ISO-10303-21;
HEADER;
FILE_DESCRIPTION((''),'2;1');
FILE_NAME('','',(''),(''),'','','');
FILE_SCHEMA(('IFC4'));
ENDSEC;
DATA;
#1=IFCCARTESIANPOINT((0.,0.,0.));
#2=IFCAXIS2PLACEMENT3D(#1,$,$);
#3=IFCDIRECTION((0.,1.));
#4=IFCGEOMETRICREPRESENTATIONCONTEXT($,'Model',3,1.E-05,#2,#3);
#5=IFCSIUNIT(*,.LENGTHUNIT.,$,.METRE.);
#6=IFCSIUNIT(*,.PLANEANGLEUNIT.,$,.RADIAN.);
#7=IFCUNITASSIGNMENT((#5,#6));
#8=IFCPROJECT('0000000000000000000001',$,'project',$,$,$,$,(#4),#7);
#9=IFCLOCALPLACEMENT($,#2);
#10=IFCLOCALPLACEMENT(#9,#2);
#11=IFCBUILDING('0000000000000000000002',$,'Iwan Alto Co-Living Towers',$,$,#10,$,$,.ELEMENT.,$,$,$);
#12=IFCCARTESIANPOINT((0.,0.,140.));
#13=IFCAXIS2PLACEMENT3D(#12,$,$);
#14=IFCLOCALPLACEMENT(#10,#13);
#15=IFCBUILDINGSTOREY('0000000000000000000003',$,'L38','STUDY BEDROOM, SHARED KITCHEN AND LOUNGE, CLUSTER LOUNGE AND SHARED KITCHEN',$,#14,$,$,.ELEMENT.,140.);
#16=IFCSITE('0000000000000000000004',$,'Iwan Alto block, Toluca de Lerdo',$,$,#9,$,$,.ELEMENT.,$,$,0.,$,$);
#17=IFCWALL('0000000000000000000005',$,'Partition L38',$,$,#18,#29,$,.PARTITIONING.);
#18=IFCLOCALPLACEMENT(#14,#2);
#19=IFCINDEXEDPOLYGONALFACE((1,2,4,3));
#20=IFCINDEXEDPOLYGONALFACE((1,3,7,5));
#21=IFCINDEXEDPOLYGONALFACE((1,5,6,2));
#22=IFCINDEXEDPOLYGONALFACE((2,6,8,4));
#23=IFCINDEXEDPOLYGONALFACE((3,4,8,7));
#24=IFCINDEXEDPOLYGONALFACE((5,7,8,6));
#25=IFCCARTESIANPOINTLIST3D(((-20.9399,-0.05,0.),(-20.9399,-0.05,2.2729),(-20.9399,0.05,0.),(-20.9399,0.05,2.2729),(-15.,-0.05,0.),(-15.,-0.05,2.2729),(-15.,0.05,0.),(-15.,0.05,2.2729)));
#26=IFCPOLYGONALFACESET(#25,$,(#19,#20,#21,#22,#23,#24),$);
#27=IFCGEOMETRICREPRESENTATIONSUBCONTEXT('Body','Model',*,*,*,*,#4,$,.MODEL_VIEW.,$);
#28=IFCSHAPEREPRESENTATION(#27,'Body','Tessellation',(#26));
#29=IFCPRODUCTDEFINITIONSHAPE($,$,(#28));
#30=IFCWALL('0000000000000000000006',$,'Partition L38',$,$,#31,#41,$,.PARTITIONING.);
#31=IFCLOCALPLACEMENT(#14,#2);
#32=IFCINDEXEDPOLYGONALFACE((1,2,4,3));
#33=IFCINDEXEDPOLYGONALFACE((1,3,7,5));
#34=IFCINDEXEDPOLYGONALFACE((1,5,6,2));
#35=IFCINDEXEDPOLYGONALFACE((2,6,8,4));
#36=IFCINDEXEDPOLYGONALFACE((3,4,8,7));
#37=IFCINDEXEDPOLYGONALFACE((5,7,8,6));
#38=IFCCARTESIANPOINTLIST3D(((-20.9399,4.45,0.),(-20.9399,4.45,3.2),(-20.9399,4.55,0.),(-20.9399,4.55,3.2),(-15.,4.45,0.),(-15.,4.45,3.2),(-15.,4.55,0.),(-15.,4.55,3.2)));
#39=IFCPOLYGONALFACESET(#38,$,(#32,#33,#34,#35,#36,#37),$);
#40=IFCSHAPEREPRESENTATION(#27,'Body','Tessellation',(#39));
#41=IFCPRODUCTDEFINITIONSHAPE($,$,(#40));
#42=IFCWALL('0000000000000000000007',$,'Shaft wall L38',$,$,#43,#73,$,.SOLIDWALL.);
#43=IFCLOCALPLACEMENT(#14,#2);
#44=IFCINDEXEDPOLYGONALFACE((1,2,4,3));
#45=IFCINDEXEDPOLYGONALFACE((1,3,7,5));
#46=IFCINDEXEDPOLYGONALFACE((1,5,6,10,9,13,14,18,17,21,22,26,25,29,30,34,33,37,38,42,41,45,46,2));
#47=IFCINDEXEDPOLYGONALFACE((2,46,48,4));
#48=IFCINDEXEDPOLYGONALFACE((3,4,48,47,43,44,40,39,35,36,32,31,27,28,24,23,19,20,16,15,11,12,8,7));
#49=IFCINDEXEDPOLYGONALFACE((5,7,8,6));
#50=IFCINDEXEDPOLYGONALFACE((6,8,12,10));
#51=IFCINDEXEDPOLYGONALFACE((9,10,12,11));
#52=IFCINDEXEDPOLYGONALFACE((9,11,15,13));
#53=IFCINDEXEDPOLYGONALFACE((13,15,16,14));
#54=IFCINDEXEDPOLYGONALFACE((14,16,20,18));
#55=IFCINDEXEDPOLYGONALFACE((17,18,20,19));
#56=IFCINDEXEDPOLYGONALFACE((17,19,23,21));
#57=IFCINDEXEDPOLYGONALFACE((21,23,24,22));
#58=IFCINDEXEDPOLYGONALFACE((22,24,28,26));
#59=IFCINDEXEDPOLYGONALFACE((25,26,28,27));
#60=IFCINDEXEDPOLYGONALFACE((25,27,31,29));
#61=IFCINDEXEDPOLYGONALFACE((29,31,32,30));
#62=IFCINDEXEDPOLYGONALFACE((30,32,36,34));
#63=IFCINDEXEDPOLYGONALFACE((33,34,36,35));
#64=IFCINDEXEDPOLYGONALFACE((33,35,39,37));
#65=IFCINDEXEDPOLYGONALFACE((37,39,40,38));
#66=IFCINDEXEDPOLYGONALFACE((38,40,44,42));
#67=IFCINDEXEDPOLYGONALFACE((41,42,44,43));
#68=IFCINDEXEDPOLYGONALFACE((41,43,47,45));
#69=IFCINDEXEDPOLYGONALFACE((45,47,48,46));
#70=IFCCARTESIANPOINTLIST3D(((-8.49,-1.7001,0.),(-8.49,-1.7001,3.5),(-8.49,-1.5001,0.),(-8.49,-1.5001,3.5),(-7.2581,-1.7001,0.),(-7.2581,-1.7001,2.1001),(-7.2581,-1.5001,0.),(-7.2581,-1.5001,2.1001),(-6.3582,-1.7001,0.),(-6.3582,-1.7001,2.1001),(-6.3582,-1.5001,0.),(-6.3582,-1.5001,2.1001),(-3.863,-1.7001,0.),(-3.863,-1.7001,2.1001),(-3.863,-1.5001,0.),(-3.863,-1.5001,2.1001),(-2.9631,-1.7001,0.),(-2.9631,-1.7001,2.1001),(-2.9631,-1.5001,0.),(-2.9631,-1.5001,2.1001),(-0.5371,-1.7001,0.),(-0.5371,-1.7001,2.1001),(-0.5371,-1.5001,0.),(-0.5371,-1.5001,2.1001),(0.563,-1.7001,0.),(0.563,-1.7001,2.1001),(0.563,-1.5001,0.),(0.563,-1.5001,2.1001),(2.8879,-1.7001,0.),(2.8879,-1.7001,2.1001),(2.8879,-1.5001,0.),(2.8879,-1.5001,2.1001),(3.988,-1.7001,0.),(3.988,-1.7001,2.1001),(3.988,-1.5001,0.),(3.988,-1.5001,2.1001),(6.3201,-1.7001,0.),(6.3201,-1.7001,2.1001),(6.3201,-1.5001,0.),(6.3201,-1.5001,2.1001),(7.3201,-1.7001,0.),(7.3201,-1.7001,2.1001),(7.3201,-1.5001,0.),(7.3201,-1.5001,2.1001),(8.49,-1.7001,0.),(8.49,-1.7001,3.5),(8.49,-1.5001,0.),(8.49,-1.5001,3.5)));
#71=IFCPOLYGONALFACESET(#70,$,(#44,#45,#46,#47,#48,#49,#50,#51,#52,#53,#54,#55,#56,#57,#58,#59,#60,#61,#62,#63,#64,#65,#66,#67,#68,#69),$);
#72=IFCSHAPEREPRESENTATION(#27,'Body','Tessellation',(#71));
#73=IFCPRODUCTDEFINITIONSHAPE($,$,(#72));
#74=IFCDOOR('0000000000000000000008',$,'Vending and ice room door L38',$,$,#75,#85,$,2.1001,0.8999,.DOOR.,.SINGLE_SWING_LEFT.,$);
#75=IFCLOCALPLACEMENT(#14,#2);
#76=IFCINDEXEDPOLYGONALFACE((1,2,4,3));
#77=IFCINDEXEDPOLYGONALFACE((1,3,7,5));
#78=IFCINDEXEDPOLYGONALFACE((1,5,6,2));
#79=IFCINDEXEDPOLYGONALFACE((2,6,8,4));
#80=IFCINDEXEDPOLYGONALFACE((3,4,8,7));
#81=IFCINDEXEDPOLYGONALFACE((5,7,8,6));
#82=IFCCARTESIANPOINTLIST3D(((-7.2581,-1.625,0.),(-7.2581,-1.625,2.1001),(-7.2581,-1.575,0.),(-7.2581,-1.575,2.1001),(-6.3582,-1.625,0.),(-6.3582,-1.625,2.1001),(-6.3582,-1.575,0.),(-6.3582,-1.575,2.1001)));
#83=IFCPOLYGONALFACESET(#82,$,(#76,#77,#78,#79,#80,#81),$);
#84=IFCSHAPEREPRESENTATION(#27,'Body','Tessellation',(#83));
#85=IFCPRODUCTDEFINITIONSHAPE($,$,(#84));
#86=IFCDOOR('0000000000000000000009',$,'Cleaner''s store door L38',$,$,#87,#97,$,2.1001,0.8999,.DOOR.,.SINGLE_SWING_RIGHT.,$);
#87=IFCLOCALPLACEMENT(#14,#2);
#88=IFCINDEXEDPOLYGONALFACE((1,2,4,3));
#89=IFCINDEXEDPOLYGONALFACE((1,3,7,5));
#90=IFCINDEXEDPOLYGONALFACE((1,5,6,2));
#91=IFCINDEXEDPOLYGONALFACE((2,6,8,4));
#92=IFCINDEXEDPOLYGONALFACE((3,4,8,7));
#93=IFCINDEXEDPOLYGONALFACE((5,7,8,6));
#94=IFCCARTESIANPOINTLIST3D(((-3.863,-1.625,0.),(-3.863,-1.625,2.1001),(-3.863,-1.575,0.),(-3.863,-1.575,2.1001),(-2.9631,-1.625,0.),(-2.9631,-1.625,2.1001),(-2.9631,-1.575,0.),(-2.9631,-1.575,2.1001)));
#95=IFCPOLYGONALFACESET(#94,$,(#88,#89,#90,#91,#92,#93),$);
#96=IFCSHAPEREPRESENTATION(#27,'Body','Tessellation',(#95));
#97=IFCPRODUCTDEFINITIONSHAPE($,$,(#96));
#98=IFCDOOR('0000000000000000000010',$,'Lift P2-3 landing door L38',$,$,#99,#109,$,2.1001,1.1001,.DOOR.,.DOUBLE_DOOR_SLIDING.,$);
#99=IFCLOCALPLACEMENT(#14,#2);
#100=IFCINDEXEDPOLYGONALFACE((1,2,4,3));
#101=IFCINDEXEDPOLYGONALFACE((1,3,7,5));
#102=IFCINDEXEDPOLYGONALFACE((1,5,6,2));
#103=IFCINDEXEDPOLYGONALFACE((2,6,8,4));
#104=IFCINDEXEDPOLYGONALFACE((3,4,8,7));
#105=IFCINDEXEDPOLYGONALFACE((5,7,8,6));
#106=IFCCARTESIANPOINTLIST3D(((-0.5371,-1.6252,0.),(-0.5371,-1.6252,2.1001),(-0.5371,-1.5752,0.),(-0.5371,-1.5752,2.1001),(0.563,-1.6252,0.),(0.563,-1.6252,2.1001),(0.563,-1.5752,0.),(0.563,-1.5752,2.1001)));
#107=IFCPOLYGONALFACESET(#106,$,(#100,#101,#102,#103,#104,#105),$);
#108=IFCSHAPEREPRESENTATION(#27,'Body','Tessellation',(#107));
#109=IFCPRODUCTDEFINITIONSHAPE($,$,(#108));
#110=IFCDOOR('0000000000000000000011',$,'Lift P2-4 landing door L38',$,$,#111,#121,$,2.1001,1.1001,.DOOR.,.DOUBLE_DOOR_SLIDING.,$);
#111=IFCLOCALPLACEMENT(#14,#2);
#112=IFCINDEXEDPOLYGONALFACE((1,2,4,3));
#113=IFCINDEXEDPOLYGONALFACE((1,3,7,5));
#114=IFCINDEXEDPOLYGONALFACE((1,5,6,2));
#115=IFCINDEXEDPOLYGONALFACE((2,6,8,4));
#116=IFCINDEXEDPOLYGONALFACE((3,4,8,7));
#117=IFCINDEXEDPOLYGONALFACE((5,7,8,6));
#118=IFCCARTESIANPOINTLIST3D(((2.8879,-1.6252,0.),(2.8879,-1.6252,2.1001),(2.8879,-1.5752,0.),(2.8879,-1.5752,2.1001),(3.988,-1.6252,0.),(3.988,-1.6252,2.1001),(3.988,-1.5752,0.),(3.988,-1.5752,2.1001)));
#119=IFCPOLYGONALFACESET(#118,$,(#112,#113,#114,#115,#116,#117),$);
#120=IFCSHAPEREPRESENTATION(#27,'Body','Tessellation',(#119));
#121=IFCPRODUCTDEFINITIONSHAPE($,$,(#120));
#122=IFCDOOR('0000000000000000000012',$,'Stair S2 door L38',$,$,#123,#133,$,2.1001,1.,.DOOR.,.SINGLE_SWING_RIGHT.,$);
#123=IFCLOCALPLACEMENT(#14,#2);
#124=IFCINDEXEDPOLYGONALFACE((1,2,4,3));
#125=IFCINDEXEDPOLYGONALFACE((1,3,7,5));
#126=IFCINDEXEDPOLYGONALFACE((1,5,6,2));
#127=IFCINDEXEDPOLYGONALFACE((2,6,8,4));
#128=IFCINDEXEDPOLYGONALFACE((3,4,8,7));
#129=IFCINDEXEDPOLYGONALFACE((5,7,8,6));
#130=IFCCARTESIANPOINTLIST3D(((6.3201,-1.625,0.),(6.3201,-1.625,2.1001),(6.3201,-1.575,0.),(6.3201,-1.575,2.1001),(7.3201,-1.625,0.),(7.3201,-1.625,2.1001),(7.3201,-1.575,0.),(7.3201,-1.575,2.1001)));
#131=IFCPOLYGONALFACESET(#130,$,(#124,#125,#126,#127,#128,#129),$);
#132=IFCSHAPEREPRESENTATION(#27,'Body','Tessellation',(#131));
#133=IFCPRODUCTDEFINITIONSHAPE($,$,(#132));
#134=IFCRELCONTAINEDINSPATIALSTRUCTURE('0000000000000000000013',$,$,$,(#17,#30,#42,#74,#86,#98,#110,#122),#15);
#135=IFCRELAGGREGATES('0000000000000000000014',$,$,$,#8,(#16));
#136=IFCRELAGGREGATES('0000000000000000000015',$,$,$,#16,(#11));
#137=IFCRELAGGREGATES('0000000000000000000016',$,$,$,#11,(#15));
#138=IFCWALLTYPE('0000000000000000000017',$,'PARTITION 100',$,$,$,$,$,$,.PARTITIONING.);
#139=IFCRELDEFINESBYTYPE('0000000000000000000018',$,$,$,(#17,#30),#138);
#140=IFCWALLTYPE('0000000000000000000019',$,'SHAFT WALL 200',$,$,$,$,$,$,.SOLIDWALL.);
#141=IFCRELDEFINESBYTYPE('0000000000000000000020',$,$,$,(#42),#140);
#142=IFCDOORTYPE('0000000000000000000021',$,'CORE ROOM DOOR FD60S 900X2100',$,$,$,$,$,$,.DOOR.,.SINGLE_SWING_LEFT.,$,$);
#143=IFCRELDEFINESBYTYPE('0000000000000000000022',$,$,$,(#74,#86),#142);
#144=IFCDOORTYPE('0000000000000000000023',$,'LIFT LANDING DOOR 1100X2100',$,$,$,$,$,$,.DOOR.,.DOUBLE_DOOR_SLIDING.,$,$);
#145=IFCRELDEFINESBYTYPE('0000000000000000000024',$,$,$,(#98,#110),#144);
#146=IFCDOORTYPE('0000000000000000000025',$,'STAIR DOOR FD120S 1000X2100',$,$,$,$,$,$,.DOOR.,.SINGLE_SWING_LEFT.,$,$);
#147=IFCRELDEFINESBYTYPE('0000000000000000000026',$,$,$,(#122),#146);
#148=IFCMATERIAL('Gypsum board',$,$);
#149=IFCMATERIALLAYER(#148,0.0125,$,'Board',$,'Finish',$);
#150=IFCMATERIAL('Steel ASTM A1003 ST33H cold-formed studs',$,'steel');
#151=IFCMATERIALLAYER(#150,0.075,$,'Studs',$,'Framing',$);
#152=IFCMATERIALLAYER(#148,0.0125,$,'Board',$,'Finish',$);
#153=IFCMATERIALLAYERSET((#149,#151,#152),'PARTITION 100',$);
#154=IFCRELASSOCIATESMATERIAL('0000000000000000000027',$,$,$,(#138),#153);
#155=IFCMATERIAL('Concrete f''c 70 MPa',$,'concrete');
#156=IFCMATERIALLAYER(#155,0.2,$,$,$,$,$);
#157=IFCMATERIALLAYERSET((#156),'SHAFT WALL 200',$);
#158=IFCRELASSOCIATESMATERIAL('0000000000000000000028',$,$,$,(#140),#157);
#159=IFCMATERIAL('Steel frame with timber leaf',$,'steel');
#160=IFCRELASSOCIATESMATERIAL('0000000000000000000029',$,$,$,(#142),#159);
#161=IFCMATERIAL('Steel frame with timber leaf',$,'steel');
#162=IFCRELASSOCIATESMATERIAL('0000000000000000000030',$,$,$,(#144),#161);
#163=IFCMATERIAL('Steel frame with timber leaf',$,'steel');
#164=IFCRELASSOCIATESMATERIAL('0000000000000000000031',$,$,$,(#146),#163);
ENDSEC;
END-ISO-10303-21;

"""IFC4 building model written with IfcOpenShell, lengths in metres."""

from ifc_helpers import new_model, si_unit, direction, frame, frame_2d, origin, place, context, subcontext, project, spatial, rectangle, extrude, material, layer, layer_set, type_object, element, fill, save


model = new_model("IFC4")

# Units and contexts
model_context = context("Model", 3, precision=1e-05, world=origin(), true_north=direction((0.0, 1.0)))
body_context = subcontext(model_context, "Body", "Model", "MODEL_VIEW")
ifc_project = project(units=[si_unit("LENGTHUNIT", "METRE"), si_unit("PLANEANGLEUNIT", "RADIAN")], contexts=[model_context])

# Site, building, storey
site_placement = place(None, origin())
site = spatial("IfcSite", under=ifc_project, at=site_placement, Name="Iwan Alto block, Toluca de Lerdo", CompositionType="ELEMENT", RefElevation=0.0)
building_placement = place(site_placement, origin())
building = spatial("IfcBuilding", under=site, at=building_placement, Name="Iwan Alto Co-Living Towers", CompositionType="ELEMENT")
storey_placement = place(building_placement, frame((0.0, 0.0, 140.0)))
storey = spatial("IfcBuildingStorey", under=building, at=storey_placement, Name="L38", Description="STUDY BEDROOM, SHARED KITCHEN AND LOUNGE, CLUSTER LOUNGE AND SHARED KITCHEN", CompositionType="ELEMENT", Elevation=140.0)

# Walls
ifc_material_1 = material(Name="Gypsum board")
ifc_layer_1 = layer(ifc_material_1, 0.0125, Name="Board", Category="Finish")
ifc_material_2 = material(Name="Steel ASTM A1003 ST33H cold-formed studs", Category="steel")
ifc_layer_2 = layer(ifc_material_2, 0.075, Name="Studs", Category="Framing")
ifc_layer_3 = layer(ifc_material_1, 0.0125, Name="Board", Category="Finish")
ifc_layer_set_1 = layer_set([ifc_layer_1, ifc_layer_2, ifc_layer_3], Name="PARTITION 100")
wall_type_1 = type_object("IfcWallType", Name="PARTITION 100", PredefinedType="PARTITIONING", material=ifc_layer_set_1)
wall_1_placement = place(storey_placement, frame((-20.9399, 0.0, 0.0), z_axis=(0.0, 0.0, 1.0), x_axis=(1.0, 0.0, 0.0)))
element("IfcWall", 1, at=wall_1_placement, inside=storey, type_object=wall_type_1, Name="Partition L38", PredefinedType="PARTITIONING", context=body_context, shape_type="SweptSolid", body=[
    extrude(rectangle(XDim=5.9399, YDim=0.1001, at=frame_2d((2.97, 0.0))), origin(), (0.0, 0.0, 1.0), 2.2729),
])
wall_2_placement = place(storey_placement, frame((-20.9399, 4.5, 0.0), z_axis=(0.0, 0.0, 1.0), x_axis=(1.0, 0.0, 0.0)))
element("IfcWall", 2, at=wall_2_placement, inside=storey, type_object=wall_type_1, Name="Partition L38", PredefinedType="PARTITIONING", context=body_context, shape_type="SweptSolid", body=[
    extrude(rectangle(XDim=5.9399, YDim=0.1001, at=frame_2d((2.97, 0.0))), origin(), (0.0, 0.0, 1.0), 3.2),
])

# Wall, openings, doors
ifc_material_3 = material(Name="Concrete f'c 70 MPa", Category="concrete")
ifc_layer_4 = layer(ifc_material_3, 0.2)
ifc_layer_set_2 = layer_set([ifc_layer_4], Name="SHAFT WALL 200")
wall_type_2 = type_object("IfcWallType", Name="SHAFT WALL 200", PredefinedType="SOLIDWALL", material=ifc_layer_set_2)
wall_3_placement = place(storey_placement, frame((-8.49, -1.6001, 0.0), z_axis=(0.0, 0.0, 1.0), x_axis=(1.0, 0.0, 0.0)))
wall_3 = element("IfcWall", 3, at=wall_3_placement, inside=storey, type_object=wall_type_2, Name="Shaft wall L38", PredefinedType="SOLIDWALL", context=body_context, shape_type="SweptSolid", body=[
    extrude(rectangle(XDim=16.98, YDim=0.2, at=frame_2d((8.49, 0.0))), origin(), (0.0, 0.0, 1.0), 3.5),
])
opening_1_placement = place(wall_3_placement, frame((14.8101, 0.0, 0.0)))
opening_1 = element("IfcOpeningElement", 4, at=opening_1_placement, cuts=wall_3, PredefinedType="OPENING", context=body_context, shape_type="SweptSolid", body=[
    extrude(rectangle(XDim=1.0, YDim=2.1001, at=frame_2d((0.5, 1.05))), frame((0.0, 0.1099, 0.0), z_axis=(0.0, -1.0, 0.0), x_axis=(1.0, 0.0, 0.0)), (0.0, 0.0, 1.0), 0.22),
])
opening_2_placement = place(wall_3_placement, frame((1.2319, 0.0, 0.0)))
opening_2 = element("IfcOpeningElement", 5, at=opening_2_placement, cuts=wall_3, PredefinedType="OPENING", context=body_context, shape_type="SweptSolid", body=[
    extrude(rectangle(XDim=0.8999, YDim=2.1001, at=frame_2d((0.45, 1.05))), frame((0.0, 0.1099, 0.0), z_axis=(0.0, -1.0, 0.0), x_axis=(1.0, 0.0, 0.0)), (0.0, 0.0, 1.0), 0.22),
])
opening_3_placement = place(wall_3_placement, frame((4.627, 0.0, 0.0)))
opening_3 = element("IfcOpeningElement", 6, at=opening_3_placement, cuts=wall_3, PredefinedType="OPENING", context=body_context, shape_type="SweptSolid", body=[
    extrude(rectangle(XDim=0.8999, YDim=2.1001, at=frame_2d((0.45, 1.05))), frame((0.0, 0.1099, 0.0), z_axis=(0.0, -1.0, 0.0), x_axis=(1.0, 0.0, 0.0)), (0.0, 0.0, 1.0), 0.22),
])
opening_4_placement = place(wall_3_placement, frame((7.9529, 0.0, 0.0)))
opening_4 = element("IfcOpeningElement", 7, at=opening_4_placement, cuts=wall_3, PredefinedType="OPENING", context=body_context, shape_type="SweptSolid", body=[
    extrude(rectangle(XDim=1.1001, YDim=2.1001, at=frame_2d((0.55, 1.05))), frame((0.0, 0.1099, 0.0), z_axis=(0.0, -1.0, 0.0), x_axis=(1.0, 0.0, 0.0)), (0.0, 0.0, 1.0), 0.22),
])
opening_5_placement = place(wall_3_placement, frame((11.3779, 0.0, 0.0)))
opening_5 = element("IfcOpeningElement", 8, at=opening_5_placement, cuts=wall_3, PredefinedType="OPENING", context=body_context, shape_type="SweptSolid", body=[
    extrude(rectangle(XDim=1.1001, YDim=2.1001, at=frame_2d((0.55, 1.05))), frame((0.0, 0.1099, 0.0), z_axis=(0.0, -1.0, 0.0), x_axis=(1.0, 0.0, 0.0)), (0.0, 0.0, 1.0), 0.22),
])
ifc_material_4 = material(Name="Steel frame with timber leaf", Category="steel")
door_type_1 = type_object("IfcDoorType", Name="CORE ROOM DOOR FD60S 900X2100", OperationType="SINGLE_SWING_LEFT", PredefinedType="DOOR", material=ifc_material_4)
door_1_placement = place(opening_2_placement, frame((0.8999, 0.0, 0.0), z_axis=(0.0, 0.0, 1.0), x_axis=(-1.0, 0.0, 0.0)))
door_1 = element("IfcDoor", 9, at=door_1_placement, inside=storey, type_object=door_type_1, Name="Vending and ice room door L38", OperationType="SINGLE_SWING_LEFT", OverallHeight=2.1001, OverallWidth=0.8999, PredefinedType="DOOR", context=body_context, shape_type="SweptSolid", body=[
    extrude(rectangle(XDim=0.8999, YDim=2.1001, at=frame_2d((0.45, 1.05))), frame((0.0, 0.0249, 0.0), z_axis=(0.0, -1.0, 0.0), x_axis=(1.0, 0.0, 0.0)), (0.0, 0.0, 1.0), 0.05),
])
fill(opening_2, door_1)
door_2_placement = place(opening_3_placement, frame((0.8999, 0.0, 0.0), z_axis=(0.0, 0.0, 1.0), x_axis=(-1.0, 0.0, 0.0)))
door_2 = element("IfcDoor", 10, at=door_2_placement, inside=storey, type_object=door_type_1, Name="Cleaner's store door L38", OperationType="SINGLE_SWING_RIGHT", OverallHeight=2.1001, OverallWidth=0.8999, PredefinedType="DOOR", context=body_context, shape_type="SweptSolid", body=[
    extrude(rectangle(XDim=0.8999, YDim=2.1001, at=frame_2d((0.45, 1.05))), frame((0.0, 0.0249, 0.0), z_axis=(0.0, -1.0, 0.0), x_axis=(1.0, 0.0, 0.0)), (0.0, 0.0, 1.0), 0.05),
])
fill(opening_3, door_2)
ifc_material_5 = material(Name="Steel frame with timber leaf", Category="steel")
door_type_2 = type_object("IfcDoorType", Name="LIFT LANDING DOOR 1100X2100", OperationType="DOUBLE_DOOR_SLIDING", PredefinedType="DOOR", material=ifc_material_5)
door_3_placement = place(opening_4_placement, origin())
door_3 = element("IfcDoor", 11, at=door_3_placement, inside=storey, type_object=door_type_2, Name="Lift P2-3 landing door L38", OperationType="DOUBLE_DOOR_SLIDING", OverallHeight=2.1001, OverallWidth=1.1001, PredefinedType="DOOR", context=body_context, shape_type="SweptSolid", body=[
    extrude(rectangle(XDim=1.1001, YDim=2.1001, at=frame_2d((0.55, 1.05))), frame((0.0, 0.0249, 0.0), z_axis=(0.0, -1.0, 0.0), x_axis=(1.0, 0.0, 0.0)), (0.0, 0.0, 1.0), 0.05),
])
fill(opening_4, door_3)
door_4_placement = place(opening_5_placement, origin())
door_4 = element("IfcDoor", 12, at=door_4_placement, inside=storey, type_object=door_type_2, Name="Lift P2-4 landing door L38", OperationType="DOUBLE_DOOR_SLIDING", OverallHeight=2.1001, OverallWidth=1.1001, PredefinedType="DOOR", context=body_context, shape_type="SweptSolid", body=[
    extrude(rectangle(XDim=1.1001, YDim=2.1001, at=frame_2d((0.55, 1.05))), frame((0.0, 0.0249, 0.0), z_axis=(0.0, -1.0, 0.0), x_axis=(1.0, 0.0, 0.0)), (0.0, 0.0, 1.0), 0.05),
])
fill(opening_5, door_4)
ifc_material_6 = material(Name="Steel frame with timber leaf", Category="steel")
door_type_3 = type_object("IfcDoorType", Name="STAIR DOOR FD120S 1000X2100", OperationType="SINGLE_SWING_LEFT", PredefinedType="DOOR", material=ifc_material_6)
door_5_placement = place(opening_1_placement, frame((1.0, 0.0, 0.0), z_axis=(0.0, 0.0, 1.0), x_axis=(-1.0, 0.0, 0.0)))
door_5 = element("IfcDoor", 13, at=door_5_placement, inside=storey, type_object=door_type_3, Name="Stair S2 door L38", OperationType="SINGLE_SWING_RIGHT", OverallHeight=2.1001, OverallWidth=1.0, PredefinedType="DOOR", context=body_context, shape_type="SweptSolid", body=[
    extrude(rectangle(XDim=1.0, YDim=2.1001, at=frame_2d((0.5, 1.05))), frame((0.0, 0.0249, 0.0), z_axis=(0.0, -1.0, 0.0), x_axis=(1.0, 0.0, 0.0)), (0.0, 0.0, 1.0), 0.05),
])
fill(opening_1, door_5)

save(model, "model.ifc")
